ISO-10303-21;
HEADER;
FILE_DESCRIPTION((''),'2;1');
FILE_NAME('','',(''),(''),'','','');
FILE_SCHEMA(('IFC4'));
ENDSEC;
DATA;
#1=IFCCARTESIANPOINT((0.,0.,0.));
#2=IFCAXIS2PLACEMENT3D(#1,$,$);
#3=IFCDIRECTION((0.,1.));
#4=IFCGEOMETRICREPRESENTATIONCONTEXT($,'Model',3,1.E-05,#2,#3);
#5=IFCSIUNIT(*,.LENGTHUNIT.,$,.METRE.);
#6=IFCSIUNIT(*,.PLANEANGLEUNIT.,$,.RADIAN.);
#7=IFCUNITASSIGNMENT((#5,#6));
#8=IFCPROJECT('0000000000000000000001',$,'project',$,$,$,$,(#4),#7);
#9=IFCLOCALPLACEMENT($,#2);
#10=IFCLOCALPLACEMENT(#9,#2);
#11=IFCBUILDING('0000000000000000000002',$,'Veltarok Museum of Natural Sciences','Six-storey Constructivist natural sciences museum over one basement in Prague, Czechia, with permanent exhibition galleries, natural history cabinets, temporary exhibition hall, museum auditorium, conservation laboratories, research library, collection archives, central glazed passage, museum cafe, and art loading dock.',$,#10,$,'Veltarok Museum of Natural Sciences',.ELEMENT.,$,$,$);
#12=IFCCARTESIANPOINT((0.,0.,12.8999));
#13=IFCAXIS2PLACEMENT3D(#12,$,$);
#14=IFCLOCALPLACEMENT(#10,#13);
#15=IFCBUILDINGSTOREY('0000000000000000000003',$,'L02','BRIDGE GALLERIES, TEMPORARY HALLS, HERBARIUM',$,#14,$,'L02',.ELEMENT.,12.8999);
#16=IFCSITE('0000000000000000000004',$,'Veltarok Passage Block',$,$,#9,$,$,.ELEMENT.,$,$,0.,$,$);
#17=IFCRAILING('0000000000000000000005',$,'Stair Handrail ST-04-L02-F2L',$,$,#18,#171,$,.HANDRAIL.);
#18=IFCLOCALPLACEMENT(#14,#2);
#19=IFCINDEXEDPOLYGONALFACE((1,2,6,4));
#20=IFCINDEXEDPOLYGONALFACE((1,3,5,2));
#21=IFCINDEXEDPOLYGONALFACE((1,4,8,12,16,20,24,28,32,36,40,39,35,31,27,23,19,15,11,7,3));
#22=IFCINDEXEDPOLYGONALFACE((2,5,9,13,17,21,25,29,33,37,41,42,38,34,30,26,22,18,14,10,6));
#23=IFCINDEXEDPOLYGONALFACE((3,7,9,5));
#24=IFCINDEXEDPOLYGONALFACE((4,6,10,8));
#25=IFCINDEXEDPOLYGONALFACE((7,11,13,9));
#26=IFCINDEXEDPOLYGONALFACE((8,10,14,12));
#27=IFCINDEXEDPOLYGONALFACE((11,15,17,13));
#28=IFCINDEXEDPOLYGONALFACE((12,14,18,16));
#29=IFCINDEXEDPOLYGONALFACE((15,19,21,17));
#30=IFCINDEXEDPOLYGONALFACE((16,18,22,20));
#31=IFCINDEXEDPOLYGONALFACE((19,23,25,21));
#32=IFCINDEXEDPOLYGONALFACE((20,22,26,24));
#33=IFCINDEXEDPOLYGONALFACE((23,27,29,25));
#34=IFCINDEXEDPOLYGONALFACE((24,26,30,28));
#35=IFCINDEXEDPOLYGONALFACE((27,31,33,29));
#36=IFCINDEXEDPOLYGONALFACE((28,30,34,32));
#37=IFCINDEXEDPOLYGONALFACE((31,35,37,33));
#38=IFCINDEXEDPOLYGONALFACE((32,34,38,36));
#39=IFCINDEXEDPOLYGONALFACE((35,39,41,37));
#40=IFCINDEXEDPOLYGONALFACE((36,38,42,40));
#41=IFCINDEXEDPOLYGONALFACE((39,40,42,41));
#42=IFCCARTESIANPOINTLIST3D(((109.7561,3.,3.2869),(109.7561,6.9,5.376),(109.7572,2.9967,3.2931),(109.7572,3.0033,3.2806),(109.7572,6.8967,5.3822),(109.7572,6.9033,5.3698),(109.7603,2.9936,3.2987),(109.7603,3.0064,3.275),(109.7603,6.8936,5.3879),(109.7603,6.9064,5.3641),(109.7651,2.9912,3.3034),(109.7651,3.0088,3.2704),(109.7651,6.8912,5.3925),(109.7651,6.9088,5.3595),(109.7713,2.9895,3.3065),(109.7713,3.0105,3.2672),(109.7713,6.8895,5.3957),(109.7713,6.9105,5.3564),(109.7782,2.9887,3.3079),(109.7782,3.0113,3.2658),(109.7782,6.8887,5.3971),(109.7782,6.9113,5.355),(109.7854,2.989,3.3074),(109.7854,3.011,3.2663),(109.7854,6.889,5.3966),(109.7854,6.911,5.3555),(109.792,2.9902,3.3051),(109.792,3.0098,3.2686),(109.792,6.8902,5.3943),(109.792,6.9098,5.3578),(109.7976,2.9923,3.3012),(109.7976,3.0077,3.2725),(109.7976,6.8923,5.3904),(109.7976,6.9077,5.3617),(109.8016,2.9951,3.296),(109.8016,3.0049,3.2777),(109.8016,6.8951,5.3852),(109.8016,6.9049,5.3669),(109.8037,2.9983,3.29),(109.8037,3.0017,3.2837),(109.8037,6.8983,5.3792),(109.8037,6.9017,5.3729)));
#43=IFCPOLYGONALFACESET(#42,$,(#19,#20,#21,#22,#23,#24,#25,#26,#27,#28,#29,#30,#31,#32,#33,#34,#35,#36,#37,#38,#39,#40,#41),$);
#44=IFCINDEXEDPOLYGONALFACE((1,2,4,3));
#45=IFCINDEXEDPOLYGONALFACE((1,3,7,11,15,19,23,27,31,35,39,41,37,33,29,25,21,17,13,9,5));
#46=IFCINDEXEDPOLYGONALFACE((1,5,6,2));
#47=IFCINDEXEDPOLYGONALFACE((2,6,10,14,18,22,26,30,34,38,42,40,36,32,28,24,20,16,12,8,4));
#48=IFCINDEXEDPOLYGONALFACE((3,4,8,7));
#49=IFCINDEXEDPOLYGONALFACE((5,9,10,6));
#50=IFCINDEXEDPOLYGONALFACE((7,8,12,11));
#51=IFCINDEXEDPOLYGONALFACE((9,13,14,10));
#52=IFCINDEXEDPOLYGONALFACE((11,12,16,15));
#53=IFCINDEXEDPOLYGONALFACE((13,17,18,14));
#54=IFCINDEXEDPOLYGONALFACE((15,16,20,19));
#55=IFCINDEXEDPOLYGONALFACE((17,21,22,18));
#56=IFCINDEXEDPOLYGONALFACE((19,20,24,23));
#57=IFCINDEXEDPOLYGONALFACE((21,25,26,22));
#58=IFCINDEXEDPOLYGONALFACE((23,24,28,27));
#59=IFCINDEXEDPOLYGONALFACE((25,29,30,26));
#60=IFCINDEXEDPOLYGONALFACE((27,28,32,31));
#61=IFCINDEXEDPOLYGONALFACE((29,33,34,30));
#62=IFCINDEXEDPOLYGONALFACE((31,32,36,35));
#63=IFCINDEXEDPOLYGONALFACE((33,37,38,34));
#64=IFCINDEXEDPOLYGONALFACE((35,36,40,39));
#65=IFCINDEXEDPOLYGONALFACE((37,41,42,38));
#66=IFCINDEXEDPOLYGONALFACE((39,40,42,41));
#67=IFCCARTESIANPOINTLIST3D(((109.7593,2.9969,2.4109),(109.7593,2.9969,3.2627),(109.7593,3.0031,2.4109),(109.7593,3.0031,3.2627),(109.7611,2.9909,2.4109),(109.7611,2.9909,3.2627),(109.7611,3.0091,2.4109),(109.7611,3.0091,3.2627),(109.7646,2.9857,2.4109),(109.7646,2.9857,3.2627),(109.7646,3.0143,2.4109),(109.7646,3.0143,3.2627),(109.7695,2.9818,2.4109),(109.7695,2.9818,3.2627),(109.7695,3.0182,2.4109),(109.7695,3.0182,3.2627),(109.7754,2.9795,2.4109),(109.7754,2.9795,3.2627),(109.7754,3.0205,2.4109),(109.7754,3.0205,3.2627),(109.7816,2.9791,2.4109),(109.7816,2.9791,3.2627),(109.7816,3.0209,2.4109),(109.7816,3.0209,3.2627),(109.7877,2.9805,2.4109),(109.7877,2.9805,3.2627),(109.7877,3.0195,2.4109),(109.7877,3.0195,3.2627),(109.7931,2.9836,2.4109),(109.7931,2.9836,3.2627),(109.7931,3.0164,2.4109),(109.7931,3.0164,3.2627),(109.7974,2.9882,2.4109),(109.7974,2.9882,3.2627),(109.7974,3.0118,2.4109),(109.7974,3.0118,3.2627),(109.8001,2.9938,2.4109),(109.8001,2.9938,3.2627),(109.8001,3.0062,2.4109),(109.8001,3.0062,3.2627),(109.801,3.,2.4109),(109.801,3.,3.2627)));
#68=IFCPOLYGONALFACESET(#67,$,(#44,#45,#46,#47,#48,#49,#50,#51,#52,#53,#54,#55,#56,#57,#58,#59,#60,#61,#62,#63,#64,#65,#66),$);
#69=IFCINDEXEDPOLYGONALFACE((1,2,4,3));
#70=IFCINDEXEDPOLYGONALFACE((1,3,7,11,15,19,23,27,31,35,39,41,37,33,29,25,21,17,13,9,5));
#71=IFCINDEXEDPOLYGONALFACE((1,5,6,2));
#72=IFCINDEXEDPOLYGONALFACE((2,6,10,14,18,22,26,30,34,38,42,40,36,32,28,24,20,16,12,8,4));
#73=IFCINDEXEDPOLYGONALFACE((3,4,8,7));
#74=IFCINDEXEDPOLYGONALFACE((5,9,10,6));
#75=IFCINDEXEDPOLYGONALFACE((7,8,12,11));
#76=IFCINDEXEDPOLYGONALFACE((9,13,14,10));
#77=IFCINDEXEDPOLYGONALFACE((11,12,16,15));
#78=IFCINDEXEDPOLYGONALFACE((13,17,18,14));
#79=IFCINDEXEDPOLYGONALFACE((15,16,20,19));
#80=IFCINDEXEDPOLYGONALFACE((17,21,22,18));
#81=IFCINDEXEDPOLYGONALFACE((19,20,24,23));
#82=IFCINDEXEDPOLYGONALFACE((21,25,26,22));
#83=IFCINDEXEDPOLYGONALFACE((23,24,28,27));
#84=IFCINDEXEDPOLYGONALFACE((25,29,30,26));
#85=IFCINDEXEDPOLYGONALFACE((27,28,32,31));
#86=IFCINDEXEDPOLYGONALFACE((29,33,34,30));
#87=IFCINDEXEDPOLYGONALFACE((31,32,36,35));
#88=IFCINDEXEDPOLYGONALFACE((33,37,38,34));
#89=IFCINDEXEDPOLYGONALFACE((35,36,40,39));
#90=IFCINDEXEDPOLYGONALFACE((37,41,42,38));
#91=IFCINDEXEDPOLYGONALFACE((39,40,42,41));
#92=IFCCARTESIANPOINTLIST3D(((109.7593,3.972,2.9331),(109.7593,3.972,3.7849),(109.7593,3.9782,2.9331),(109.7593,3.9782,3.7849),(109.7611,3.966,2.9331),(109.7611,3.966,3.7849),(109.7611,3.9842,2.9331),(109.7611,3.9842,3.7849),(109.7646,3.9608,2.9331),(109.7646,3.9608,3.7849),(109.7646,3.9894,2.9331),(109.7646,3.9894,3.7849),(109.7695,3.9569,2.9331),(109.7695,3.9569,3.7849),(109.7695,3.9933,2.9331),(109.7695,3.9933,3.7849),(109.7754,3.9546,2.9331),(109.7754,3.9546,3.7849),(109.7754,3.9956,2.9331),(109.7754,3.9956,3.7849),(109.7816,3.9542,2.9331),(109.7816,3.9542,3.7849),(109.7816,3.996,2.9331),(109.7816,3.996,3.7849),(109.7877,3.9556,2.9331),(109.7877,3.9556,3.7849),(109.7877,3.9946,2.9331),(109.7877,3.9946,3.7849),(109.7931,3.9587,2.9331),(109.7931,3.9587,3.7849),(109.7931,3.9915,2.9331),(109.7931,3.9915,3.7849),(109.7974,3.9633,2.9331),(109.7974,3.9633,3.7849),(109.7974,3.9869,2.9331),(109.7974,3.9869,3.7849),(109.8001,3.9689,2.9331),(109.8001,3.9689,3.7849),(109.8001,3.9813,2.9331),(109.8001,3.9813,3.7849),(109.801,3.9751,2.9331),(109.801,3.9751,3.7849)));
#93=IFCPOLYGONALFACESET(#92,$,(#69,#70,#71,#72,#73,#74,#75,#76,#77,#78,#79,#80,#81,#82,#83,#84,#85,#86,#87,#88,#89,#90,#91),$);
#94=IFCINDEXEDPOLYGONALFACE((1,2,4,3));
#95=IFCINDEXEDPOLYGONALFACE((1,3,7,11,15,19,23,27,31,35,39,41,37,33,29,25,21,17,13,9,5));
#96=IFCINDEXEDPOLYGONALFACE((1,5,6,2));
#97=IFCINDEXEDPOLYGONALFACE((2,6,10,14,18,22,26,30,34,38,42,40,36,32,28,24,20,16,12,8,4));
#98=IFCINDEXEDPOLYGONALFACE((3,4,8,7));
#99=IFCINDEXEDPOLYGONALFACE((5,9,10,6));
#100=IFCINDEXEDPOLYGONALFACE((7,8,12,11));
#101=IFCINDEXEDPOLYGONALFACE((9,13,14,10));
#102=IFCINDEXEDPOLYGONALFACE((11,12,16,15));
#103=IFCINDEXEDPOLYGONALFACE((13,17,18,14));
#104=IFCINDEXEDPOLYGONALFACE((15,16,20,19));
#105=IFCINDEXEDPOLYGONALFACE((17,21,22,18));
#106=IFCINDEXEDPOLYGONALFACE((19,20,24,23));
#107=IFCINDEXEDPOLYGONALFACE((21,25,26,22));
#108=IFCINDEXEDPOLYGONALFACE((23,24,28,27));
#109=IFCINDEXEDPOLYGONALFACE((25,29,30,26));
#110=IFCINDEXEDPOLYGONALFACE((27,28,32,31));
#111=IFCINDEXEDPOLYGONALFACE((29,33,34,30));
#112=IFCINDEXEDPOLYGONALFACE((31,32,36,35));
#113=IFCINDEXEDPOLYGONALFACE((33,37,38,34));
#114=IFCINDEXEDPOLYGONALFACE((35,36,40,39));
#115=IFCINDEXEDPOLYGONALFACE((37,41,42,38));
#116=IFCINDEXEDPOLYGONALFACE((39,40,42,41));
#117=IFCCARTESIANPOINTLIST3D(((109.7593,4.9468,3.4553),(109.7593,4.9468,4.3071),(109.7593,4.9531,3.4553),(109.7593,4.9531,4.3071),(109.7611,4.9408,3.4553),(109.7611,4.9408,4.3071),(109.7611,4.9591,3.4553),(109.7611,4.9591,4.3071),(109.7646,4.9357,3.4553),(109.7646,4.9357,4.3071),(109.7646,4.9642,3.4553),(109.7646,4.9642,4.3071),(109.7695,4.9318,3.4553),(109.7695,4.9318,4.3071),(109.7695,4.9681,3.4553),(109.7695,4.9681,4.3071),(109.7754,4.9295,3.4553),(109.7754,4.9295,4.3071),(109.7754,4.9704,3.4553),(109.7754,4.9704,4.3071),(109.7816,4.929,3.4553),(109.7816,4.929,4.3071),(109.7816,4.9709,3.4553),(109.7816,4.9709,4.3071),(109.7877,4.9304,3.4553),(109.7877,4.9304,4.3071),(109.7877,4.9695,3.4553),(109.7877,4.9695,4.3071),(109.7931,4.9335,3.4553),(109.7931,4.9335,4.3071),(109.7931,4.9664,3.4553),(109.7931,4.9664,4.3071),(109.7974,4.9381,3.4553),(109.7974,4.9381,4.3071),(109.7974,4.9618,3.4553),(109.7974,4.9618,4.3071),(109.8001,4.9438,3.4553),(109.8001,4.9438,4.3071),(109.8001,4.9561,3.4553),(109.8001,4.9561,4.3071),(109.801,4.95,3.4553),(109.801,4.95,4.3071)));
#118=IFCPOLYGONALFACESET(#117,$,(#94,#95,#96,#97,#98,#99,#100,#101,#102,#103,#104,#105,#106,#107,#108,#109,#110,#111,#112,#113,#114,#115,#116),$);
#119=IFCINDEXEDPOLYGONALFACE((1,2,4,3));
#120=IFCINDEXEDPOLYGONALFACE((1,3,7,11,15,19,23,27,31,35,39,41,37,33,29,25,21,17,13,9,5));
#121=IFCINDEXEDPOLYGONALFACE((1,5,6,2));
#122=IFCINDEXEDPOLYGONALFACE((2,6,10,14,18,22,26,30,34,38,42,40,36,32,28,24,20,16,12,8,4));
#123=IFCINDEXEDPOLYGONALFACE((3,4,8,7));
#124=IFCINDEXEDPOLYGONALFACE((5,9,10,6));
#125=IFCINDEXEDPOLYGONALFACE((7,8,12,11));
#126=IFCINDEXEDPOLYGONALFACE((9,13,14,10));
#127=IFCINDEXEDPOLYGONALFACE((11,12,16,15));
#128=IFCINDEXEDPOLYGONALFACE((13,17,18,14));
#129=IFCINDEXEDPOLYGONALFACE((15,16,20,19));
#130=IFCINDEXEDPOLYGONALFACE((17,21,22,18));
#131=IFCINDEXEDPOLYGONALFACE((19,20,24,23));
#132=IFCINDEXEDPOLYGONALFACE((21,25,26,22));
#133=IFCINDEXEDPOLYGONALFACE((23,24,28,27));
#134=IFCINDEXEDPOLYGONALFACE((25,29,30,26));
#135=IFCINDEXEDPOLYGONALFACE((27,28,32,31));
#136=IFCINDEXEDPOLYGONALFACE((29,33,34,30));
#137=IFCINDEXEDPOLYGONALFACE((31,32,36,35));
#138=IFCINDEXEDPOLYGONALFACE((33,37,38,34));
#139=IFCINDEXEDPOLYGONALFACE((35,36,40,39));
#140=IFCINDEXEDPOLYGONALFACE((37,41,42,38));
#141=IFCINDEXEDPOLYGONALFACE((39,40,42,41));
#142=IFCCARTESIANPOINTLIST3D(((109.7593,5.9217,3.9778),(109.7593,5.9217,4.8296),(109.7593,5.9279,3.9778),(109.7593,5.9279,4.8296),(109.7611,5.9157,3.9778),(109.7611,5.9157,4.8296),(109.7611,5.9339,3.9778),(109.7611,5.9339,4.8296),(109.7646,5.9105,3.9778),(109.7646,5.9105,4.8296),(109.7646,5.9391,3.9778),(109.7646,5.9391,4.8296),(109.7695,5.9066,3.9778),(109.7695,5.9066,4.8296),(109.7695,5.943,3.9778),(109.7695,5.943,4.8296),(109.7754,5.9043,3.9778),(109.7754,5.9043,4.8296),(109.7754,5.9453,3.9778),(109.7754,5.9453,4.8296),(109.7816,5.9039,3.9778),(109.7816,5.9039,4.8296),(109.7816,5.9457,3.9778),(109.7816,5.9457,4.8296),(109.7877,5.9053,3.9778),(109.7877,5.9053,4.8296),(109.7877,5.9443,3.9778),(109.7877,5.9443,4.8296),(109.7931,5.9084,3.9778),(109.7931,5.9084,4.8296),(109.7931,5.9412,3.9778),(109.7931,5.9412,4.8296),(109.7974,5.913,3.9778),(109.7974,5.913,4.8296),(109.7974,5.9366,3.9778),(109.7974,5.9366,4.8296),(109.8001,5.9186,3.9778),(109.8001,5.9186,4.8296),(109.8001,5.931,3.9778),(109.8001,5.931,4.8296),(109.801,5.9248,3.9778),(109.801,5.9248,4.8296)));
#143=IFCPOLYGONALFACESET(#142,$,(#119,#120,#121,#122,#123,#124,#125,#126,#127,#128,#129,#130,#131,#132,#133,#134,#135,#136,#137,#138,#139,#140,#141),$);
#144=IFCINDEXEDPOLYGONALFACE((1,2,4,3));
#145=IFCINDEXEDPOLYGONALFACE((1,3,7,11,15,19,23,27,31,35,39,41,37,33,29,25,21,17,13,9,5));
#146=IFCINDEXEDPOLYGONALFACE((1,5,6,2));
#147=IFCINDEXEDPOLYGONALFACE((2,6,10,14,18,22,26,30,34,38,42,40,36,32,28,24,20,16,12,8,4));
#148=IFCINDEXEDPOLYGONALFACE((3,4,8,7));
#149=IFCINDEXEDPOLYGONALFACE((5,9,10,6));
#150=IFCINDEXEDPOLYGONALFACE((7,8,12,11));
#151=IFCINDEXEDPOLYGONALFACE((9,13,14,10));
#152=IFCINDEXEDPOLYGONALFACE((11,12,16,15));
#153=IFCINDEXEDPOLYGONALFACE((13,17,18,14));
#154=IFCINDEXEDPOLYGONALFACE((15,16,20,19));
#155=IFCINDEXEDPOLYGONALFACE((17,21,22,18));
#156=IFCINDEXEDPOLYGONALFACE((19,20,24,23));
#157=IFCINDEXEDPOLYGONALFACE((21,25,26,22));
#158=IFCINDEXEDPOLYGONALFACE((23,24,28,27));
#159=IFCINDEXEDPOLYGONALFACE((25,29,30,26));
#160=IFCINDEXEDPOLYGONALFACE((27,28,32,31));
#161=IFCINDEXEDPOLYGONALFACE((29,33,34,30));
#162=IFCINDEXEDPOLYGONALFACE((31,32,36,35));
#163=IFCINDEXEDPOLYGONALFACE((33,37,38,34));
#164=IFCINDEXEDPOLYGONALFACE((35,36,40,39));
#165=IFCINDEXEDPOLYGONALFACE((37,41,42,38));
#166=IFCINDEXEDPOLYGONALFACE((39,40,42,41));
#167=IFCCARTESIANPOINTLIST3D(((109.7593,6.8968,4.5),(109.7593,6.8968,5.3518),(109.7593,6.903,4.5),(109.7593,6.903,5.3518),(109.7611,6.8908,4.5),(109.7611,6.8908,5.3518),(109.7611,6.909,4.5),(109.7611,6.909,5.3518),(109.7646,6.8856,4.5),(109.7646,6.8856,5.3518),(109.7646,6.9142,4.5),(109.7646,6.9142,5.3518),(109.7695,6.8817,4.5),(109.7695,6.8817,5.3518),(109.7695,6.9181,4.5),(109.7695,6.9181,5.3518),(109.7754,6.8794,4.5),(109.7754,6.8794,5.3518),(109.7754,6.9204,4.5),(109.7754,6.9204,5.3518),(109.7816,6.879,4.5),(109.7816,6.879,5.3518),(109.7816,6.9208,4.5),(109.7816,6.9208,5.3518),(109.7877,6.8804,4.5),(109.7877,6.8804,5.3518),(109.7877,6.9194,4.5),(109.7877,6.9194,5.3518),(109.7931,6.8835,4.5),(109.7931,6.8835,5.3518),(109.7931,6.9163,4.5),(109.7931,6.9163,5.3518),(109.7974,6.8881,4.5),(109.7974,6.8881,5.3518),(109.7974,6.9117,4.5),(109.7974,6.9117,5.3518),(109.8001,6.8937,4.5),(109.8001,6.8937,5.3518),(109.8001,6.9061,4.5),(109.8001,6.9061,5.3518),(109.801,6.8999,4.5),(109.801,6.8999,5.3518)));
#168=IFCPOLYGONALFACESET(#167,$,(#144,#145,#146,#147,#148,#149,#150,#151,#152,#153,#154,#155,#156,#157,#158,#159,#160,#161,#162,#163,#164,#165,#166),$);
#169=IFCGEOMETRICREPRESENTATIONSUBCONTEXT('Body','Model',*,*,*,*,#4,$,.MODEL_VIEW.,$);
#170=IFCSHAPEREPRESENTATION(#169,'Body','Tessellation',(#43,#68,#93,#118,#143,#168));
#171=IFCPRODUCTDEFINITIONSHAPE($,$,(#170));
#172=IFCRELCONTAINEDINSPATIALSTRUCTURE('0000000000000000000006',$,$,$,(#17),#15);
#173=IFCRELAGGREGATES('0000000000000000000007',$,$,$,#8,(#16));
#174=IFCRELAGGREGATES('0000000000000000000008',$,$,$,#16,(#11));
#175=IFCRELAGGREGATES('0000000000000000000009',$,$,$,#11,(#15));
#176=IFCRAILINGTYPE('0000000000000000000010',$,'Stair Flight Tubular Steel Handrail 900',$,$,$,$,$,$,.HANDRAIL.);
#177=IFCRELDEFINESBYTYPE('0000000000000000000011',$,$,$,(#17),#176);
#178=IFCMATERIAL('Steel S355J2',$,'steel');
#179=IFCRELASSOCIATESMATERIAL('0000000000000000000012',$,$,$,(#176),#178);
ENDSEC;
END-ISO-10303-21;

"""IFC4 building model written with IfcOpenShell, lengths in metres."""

from ifc_helpers import new_model, si_unit, direction, frame, origin, origin_2d, place, context, subcontext, project, spatial, circle, extrude, material, type_object, element, save


model = new_model("IFC4")

# Units and contexts
model_context = context("Model", 3, precision=1e-05, world=origin(), true_north=direction((0.0, 1.0)))
body_context = subcontext(model_context, "Body", "Model", "MODEL_VIEW")
ifc_project = project(units=[si_unit("LENGTHUNIT", "METRE"), si_unit("PLANEANGLEUNIT", "RADIAN")], contexts=[model_context])

# Site, building, storey
site_placement = place(None, origin())
site = spatial("IfcSite", under=ifc_project, at=site_placement, Name="Veltarok Passage Block", CompositionType="ELEMENT", RefElevation=0.0)
building_placement = place(site_placement, origin())
building = spatial("IfcBuilding", under=site, at=building_placement, Name="Veltarok Museum of Natural Sciences", Description="Six-storey Constructivist natural sciences museum over one basement in Prague, Czechia, with permanent exhibition galleries, natural history cabinets, temporary exhibition hall, museum auditorium, conservation laboratories, research library, collection archives, central glazed passage, museum cafe, and art loading dock.", LongName="Veltarok Museum of Natural Sciences", CompositionType="ELEMENT")
storey_placement = place(building_placement, frame((0.0, 0.0, 12.8999)))
storey = spatial("IfcBuildingStorey", under=building, at=storey_placement, Name="L02", Description="BRIDGE GALLERIES, TEMPORARY HALLS, HERBARIUM", LongName="L02", CompositionType="ELEMENT", Elevation=12.8999)

# Shared definitions
ifc_material_1 = material(Name="Steel S355J2", Category="steel")

# Railing
railing_type_1 = type_object("IfcRailingType", Name="Stair Flight Tubular Steel Handrail 900", PredefinedType="HANDRAIL", material=ifc_material_1)
for number, where, name in (
    (1, (109.78, 3.0, 2.4109), "Stair Handrail ST-04-L02-F2L"),
):
    element("IfcRailing", number, at=place(storey_placement, frame(where)), inside=storey, type_object=railing_type_1, Name=name, PredefinedType="HANDRAIL", context=body_context, shape_type="SweptSolid", body=[
        extrude(circle(Radius=0.0239, at=origin_2d()), frame((0.0, 0.0, 0.876), z_axis=(0.0, 0.881491, 0.4722), x_axis=(-1.0, 0.0, 0.0)), (0.0, 0.0, 1.0), 4.4243),
        extrude(circle(Radius=0.021, at=origin_2d()), origin(), (0.0, 0.0, 1.0), 0.8518),
        extrude(circle(Radius=0.021, at=origin_2d()), frame((0.0, 0.9751, 0.5222)), (0.0, 0.0, 1.0), 0.8518),
        extrude(circle(Radius=0.021, at=origin_2d()), frame((0.0, 1.95, 1.0444)), (0.0, 0.0, 1.0), 0.8518),
        extrude(circle(Radius=0.021, at=origin_2d()), frame((0.0, 2.9248, 1.5669)), (0.0, 0.0, 1.0), 0.8518),
        extrude(circle(Radius=0.021, at=origin_2d()), frame((0.0, 3.8999, 2.0891)), (0.0, 0.0, 1.0), 0.8518),
    ])

save(model, "model.ifc")
